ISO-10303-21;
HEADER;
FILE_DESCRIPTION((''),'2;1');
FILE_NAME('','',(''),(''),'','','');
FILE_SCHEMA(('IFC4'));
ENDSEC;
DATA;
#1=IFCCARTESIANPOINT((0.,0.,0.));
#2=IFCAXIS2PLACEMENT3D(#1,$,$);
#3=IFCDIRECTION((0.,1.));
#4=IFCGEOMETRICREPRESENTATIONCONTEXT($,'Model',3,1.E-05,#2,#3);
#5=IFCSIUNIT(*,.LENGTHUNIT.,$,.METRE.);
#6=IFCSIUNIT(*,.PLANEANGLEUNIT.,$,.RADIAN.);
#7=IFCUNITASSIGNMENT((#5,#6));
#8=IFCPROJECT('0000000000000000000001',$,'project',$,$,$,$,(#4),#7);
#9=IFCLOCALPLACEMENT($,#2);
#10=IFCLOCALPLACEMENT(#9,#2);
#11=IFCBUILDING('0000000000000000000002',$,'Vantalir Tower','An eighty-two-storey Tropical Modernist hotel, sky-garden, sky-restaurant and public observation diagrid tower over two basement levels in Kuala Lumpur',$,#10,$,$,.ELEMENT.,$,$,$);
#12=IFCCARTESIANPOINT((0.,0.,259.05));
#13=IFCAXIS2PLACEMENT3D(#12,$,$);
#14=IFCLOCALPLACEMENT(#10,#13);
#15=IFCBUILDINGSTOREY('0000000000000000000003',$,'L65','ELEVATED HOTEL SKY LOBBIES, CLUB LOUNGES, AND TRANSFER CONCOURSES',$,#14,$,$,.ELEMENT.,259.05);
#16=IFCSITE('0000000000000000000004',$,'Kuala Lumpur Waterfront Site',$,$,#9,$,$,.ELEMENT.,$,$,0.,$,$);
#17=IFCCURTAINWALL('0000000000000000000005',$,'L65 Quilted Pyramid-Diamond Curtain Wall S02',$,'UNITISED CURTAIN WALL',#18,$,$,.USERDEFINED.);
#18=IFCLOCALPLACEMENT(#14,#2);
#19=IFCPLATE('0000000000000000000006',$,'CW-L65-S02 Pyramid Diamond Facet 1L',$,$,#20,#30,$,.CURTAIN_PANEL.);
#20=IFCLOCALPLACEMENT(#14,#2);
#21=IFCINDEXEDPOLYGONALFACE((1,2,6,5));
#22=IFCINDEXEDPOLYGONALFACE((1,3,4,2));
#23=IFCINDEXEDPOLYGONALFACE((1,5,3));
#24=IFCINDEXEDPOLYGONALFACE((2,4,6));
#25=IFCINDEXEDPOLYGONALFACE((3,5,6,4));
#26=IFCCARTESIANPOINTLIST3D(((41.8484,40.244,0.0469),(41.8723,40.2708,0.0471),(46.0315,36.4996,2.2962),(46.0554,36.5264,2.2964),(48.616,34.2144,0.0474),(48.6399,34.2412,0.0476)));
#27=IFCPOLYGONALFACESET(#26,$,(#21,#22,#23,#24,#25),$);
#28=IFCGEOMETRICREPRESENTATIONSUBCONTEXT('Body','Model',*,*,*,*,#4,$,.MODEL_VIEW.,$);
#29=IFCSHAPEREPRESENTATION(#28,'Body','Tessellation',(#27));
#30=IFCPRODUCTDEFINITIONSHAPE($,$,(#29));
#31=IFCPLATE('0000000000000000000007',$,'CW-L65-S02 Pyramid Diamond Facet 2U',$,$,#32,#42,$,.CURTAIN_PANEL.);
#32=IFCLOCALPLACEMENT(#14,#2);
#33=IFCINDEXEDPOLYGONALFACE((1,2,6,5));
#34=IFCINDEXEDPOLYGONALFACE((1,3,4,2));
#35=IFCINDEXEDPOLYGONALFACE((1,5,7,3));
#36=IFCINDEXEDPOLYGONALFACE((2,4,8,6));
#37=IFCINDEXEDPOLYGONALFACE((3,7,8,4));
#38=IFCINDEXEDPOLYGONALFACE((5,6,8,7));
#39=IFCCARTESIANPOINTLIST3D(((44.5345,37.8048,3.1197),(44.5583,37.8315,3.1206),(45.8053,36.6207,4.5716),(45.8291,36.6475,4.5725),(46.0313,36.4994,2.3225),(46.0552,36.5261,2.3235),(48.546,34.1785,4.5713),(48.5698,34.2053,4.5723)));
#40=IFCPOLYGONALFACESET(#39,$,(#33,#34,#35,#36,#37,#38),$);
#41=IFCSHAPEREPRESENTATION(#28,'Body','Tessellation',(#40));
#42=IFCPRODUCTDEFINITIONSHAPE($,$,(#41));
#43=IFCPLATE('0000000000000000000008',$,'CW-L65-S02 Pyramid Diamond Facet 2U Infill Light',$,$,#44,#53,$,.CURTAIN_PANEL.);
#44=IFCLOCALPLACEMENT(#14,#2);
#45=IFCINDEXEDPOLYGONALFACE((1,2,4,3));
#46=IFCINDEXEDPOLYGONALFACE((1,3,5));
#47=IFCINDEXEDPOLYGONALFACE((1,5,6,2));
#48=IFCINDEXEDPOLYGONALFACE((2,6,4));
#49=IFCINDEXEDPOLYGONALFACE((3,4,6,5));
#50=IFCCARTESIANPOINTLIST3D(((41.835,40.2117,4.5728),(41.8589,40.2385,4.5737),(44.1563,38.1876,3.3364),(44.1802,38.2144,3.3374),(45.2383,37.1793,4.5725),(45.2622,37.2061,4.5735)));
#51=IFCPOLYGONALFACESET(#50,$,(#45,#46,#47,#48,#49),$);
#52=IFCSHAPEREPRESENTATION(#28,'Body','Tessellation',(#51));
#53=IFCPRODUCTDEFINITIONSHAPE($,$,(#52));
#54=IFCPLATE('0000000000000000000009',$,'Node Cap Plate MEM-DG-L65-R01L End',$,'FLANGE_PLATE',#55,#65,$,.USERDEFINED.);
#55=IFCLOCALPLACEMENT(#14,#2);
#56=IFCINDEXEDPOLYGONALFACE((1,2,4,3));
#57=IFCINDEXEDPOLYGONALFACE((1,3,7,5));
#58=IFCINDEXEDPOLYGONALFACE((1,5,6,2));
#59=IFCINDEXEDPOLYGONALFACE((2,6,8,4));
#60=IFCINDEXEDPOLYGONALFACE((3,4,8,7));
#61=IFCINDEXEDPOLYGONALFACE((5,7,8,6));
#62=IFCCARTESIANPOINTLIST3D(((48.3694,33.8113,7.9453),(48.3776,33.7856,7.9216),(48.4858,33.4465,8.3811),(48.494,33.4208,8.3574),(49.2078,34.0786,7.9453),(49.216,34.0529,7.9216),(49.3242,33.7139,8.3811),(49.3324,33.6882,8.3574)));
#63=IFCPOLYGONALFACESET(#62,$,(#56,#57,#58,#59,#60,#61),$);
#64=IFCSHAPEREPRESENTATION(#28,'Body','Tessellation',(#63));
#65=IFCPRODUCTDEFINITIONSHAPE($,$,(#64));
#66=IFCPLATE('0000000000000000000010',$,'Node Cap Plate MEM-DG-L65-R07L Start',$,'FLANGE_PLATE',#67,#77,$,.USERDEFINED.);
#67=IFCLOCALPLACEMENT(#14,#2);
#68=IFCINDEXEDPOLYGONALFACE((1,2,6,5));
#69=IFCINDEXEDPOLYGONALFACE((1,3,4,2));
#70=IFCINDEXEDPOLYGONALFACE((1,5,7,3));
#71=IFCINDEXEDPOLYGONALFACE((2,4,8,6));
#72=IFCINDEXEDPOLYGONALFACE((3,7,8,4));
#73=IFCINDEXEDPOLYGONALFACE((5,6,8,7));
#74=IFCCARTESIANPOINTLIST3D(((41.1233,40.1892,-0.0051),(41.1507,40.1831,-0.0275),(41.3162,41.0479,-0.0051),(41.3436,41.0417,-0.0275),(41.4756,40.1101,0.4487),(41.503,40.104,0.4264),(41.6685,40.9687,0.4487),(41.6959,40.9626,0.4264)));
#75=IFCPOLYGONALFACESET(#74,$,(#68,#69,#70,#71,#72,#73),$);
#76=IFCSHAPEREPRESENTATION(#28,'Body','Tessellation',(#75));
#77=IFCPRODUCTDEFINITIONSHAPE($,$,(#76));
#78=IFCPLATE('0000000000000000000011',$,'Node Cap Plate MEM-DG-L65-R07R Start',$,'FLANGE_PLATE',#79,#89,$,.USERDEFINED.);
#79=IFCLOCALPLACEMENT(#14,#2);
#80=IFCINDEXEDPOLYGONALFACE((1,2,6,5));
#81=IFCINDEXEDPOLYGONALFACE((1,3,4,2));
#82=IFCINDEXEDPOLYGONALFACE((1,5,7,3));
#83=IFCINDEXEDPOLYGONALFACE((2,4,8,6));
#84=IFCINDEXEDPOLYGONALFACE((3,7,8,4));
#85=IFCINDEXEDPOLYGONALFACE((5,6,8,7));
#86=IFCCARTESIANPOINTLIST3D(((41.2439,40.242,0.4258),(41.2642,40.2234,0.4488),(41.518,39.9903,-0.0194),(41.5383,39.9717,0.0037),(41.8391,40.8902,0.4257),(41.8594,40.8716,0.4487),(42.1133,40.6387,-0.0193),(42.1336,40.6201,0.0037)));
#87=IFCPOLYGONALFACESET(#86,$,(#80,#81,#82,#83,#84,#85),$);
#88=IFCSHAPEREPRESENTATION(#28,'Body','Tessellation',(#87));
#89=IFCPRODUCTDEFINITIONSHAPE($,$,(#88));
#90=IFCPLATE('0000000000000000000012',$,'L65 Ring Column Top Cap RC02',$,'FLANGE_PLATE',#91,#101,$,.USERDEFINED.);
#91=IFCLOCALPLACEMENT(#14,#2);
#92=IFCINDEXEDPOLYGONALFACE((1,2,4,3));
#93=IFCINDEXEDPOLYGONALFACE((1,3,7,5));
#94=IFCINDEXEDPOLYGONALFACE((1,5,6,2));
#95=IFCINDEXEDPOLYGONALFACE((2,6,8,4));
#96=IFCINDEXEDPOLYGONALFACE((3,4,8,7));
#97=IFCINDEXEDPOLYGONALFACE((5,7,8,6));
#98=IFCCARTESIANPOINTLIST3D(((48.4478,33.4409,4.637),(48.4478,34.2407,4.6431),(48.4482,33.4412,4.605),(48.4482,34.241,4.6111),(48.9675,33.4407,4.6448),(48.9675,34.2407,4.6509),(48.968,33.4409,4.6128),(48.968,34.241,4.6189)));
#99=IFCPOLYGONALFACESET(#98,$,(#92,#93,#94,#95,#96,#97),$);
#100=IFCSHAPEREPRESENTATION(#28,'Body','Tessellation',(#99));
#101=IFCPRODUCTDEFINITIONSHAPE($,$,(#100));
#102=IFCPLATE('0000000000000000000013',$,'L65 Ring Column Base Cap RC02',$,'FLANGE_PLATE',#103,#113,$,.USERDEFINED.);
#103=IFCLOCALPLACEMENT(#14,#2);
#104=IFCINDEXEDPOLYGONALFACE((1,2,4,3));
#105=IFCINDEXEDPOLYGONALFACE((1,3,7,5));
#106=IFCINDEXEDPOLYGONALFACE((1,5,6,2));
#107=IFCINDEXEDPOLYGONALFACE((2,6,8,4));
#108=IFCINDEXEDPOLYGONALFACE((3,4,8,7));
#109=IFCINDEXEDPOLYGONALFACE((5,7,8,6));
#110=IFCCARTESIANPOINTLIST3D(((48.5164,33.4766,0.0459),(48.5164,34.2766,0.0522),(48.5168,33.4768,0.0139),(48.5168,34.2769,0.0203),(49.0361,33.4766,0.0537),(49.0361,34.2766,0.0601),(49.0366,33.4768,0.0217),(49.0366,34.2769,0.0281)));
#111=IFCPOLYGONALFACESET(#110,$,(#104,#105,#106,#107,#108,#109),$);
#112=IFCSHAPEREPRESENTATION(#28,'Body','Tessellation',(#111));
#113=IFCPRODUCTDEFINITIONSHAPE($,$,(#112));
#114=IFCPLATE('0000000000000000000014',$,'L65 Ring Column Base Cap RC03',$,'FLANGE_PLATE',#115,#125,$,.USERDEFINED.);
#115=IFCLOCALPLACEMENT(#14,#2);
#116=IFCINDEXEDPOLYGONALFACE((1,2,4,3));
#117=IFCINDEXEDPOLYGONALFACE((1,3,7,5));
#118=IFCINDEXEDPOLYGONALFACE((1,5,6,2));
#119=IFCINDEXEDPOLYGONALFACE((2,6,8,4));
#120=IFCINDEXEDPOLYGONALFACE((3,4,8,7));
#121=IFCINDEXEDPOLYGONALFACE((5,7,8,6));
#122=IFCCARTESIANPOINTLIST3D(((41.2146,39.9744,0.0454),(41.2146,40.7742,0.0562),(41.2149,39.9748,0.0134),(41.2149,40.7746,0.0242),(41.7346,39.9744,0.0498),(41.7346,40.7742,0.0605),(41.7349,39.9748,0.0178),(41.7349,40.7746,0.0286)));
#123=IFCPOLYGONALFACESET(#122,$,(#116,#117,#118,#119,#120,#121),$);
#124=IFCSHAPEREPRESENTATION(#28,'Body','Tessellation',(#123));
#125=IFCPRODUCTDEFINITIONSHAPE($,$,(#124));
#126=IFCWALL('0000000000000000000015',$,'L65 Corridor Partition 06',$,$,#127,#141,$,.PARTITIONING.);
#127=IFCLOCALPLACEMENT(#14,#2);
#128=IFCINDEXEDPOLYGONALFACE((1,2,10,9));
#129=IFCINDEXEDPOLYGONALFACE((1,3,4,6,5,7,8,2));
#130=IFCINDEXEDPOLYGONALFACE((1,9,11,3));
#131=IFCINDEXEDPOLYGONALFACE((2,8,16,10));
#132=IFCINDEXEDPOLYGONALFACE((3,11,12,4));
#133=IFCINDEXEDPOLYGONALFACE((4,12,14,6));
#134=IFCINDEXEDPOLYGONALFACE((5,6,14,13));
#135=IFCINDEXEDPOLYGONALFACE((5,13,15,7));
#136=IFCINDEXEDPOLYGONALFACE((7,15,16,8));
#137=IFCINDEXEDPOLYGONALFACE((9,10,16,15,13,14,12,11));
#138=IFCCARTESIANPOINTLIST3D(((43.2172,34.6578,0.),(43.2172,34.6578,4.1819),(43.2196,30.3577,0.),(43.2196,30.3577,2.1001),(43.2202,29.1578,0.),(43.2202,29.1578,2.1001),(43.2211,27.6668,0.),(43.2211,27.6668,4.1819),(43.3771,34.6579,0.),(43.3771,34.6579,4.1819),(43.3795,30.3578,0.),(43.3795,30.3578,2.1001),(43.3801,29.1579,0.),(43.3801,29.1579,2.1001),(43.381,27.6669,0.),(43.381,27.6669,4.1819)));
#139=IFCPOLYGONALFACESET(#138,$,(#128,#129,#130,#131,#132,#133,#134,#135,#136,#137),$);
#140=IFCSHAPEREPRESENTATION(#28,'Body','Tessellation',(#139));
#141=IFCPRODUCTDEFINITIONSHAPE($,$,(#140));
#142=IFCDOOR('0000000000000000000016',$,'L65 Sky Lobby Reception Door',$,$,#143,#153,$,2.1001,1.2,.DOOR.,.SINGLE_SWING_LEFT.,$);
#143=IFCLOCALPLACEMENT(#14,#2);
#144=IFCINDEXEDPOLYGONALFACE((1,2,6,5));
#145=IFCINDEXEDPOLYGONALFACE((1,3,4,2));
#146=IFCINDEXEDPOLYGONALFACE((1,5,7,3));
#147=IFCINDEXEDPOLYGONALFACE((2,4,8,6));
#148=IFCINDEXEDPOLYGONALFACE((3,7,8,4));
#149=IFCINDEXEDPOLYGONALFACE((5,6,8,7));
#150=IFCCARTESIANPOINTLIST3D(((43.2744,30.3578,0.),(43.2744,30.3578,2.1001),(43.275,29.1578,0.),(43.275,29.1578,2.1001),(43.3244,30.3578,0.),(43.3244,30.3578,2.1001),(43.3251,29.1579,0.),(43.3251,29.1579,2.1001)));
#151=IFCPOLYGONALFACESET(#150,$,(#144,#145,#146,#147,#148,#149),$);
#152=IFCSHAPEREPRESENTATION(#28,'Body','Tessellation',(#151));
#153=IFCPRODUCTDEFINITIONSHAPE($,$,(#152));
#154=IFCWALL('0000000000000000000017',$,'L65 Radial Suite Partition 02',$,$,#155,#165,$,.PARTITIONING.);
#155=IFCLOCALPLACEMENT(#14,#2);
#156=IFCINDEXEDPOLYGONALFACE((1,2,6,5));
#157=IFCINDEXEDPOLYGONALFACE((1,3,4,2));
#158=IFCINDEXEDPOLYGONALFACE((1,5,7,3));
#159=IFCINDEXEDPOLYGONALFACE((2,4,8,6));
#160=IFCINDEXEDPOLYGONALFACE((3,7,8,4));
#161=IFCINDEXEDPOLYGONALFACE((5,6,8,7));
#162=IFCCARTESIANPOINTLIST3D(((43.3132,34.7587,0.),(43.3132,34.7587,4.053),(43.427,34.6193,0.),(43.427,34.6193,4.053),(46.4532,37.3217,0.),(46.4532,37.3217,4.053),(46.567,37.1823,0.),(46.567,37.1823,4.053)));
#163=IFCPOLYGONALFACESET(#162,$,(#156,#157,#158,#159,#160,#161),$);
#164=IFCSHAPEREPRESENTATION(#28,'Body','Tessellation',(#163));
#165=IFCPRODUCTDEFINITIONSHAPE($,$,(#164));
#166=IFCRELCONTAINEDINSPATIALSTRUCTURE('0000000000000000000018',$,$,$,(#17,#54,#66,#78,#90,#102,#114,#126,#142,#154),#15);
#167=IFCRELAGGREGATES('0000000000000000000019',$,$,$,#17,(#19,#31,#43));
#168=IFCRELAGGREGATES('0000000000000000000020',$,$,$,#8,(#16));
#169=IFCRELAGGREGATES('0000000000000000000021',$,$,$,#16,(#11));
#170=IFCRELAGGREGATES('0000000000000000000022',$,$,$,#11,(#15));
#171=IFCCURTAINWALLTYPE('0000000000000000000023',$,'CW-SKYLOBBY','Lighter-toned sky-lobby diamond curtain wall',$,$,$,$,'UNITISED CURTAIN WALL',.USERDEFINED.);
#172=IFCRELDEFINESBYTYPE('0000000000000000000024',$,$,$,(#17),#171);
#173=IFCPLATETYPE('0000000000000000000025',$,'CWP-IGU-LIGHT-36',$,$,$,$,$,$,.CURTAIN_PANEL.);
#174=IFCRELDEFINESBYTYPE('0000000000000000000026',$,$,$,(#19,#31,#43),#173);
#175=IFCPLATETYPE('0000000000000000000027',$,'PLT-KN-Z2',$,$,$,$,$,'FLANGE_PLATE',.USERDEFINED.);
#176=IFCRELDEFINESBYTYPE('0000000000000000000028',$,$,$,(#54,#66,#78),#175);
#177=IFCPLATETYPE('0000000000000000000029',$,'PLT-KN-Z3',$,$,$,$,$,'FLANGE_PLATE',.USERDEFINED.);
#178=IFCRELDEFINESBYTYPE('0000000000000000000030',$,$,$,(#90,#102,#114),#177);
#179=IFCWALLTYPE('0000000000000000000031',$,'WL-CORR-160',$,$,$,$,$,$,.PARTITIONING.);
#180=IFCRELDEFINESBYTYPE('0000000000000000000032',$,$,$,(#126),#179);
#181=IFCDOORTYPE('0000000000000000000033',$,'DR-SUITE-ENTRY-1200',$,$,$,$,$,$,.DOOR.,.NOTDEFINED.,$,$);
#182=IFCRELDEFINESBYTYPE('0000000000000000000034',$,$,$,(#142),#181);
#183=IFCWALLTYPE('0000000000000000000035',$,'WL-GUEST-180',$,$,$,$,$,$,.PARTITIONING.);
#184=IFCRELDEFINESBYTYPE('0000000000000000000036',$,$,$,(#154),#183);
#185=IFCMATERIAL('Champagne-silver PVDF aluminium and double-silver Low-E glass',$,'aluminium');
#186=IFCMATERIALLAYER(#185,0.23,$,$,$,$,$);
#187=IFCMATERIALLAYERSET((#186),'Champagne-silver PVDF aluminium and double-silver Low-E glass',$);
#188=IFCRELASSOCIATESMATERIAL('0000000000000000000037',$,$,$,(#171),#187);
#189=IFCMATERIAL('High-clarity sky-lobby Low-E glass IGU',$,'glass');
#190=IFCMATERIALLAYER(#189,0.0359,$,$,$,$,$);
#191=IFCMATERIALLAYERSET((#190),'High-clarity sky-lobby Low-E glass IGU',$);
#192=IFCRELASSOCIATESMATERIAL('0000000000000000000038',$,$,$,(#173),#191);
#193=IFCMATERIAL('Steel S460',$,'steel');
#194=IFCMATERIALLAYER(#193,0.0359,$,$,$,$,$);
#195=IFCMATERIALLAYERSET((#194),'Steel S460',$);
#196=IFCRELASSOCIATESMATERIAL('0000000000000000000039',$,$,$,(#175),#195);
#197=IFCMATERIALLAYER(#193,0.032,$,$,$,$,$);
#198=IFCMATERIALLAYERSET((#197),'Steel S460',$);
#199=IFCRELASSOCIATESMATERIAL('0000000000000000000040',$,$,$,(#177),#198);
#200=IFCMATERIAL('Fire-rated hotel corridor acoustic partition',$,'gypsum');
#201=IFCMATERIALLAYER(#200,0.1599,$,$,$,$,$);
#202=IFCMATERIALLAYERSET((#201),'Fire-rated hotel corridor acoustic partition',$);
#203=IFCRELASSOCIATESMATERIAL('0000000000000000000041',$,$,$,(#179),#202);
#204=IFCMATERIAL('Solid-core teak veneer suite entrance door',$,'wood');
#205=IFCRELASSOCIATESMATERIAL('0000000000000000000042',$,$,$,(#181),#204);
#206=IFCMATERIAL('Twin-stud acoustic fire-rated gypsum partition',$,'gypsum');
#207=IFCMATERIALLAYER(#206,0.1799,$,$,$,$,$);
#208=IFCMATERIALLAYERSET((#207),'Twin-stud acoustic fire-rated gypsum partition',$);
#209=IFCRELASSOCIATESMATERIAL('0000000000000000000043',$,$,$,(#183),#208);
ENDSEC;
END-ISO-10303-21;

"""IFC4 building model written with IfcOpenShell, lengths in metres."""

from ifc_helpers import new_model, si_unit, direction, frame, frame_2d, origin, place, context, subcontext, project, spatial, polyline, rectangle, outline, extrude, material, layer, layer_set, type_object, element, fill, aggregate, save


model = new_model("IFC4")

# Units and contexts
model_context = context("Model", 3, precision=1e-05, world=origin(), true_north=direction((0.0, 1.0)))
body_context = subcontext(model_context, "Body", "Model", "MODEL_VIEW")
ifc_project = project(units=[si_unit("LENGTHUNIT", "METRE"), si_unit("PLANEANGLEUNIT", "RADIAN")], contexts=[model_context])

# Site, building, storey
site_placement = place(None, origin())
site = spatial("IfcSite", under=ifc_project, at=site_placement, Name="Kuala Lumpur Waterfront Site", CompositionType="ELEMENT", RefElevation=0.0)
building_placement = place(site_placement, origin())
building = spatial("IfcBuilding", under=site, at=building_placement, Name="Vantalir Tower", Description="An eighty-two-storey Tropical Modernist hotel, sky-garden, sky-restaurant and public observation diagrid tower over two basement levels in Kuala Lumpur", CompositionType="ELEMENT")
storey_placement = place(building_placement, frame((0.0, 0.0, 259.05)))
storey = spatial("IfcBuildingStorey", under=building, at=storey_placement, Name="L65", Description="ELEVATED HOTEL SKY LOBBIES, CLUB LOUNGES, AND TRANSFER CONCOURSES", CompositionType="ELEMENT", Elevation=259.05)

# Shared definitions
ifc_material_1 = material(Name="Steel S460", Category="steel")

# Curtain wall
ifc_material_2 = material(Name="Champagne-silver PVDF aluminium and double-silver Low-E glass", Category="aluminium")
ifc_layer_1 = layer(ifc_material_2, 0.23)
ifc_layer_set_1 = layer_set([ifc_layer_1], Name="Champagne-silver PVDF aluminium and double-silver Low-E glass")
curtain_wall_type = type_object("IfcCurtainWallType", Name="CW-SKYLOBBY", Description="Lighter-toned sky-lobby diamond curtain wall", ElementType="UNITISED CURTAIN WALL", PredefinedType="USERDEFINED", material=ifc_layer_set_1)
curtain_wall_1_placement = place(storey_placement, origin())
curtain_wall_1 = element("IfcCurtainWall", 1, at=curtain_wall_1_placement, inside=storey, type_object=curtain_wall_type, Name="L65 Quilted Pyramid-Diamond Curtain Wall S02", ObjectType="UNITISED CURTAIN WALL", PredefinedType="USERDEFINED")

# Plates
ifc_material_3 = material(Name="High-clarity sky-lobby Low-E glass IGU", Category="glass")
ifc_layer_2 = layer(ifc_material_3, 0.0359)
ifc_layer_set_2 = layer_set([ifc_layer_2], Name="High-clarity sky-lobby Low-E glass IGU")
plate_type_1 = type_object("IfcPlateType", Name="CWP-IGU-LIGHT-36", PredefinedType="CURTAIN_PANEL", material=ifc_layer_set_2)
plate_1_placement = place(storey_placement, frame((48.6399, 34.2412, 0.0476), z_axis=(0.66521, 0.746634, 0.005799), x_axis=(-0.746646, 0.665221, -0.000054)))
plate_1 = element("IfcPlate", 2, at=plate_1_placement, type_object=plate_type_1, Name="CW-L65-S02 Pyramid Diamond Facet 1L", PredefinedType="CURTAIN_PANEL", context=body_context, shape_type="SweptSolid", body=[
    extrude(outline(polyline([(0.0, 0.0), (9.064, 0.0), (3.4497, 2.249), (0.0, 0.0)])), origin(), (0.0, 0.0, -1.0), 0.0359),
])
plate_2_placement = place(storey_placement, frame((48.5698, 34.2053, 4.5723), z_axis=(0.665039, 0.746336, 0.026585), x_axis=(-0.746601, 0.665272, 0.000067)))
plate_2 = element("IfcPlate", 3, at=plate_2_placement, type_object=plate_type_1, Name="CW-L65-S02 Pyramid Diamond Facet 2U", PredefinedType="CURTAIN_PANEL", context=body_context, shape_type="SweptSolid", body=[
    extrude(outline(polyline([(0.0, 0.0), (3.6709, 0.0), (5.4073, -1.4525), (3.4213, -2.2498), (0.0, 0.0)])), origin(), (0.0, 0.0, -1.0), 0.0359),
])
plate_3_placement = place(storey_placement, frame((45.2622, 37.2061, 4.5735), z_axis=(0.665022, 0.746347, 0.026671), x_axis=(-0.746614, 0.665258, 0.000054)))
plate_3 = element("IfcPlate", 4, at=plate_3_placement, type_object=plate_type_1, Name="CW-L65-S02 Pyramid Diamond Facet 2U Infill Light", PredefinedType="CURTAIN_PANEL", context=body_context, shape_type="SweptSolid", body=[
    extrude(outline(polyline([(0.0, 0.0), (4.5583, 0.0), (1.4786, -1.2366), (0.0, 0.0)])), origin(), (0.0, 0.0, -1.0), 0.0359),
])
aggregate(curtain_wall_1, [plate_1, plate_2, plate_3])

# Plates
ifc_layer_3 = layer(ifc_material_1, 0.0359)
ifc_layer_set_3 = layer_set([ifc_layer_3], Name="Steel S460")
plate_type_2 = type_object("IfcPlateType", Name="PLT-KN-Z2", ElementType="FLANGE_PLATE", PredefinedType="USERDEFINED", material=ifc_layer_set_3)
plate_4_placement = place(storey_placement, frame((49.2078, 34.0786, 7.9453), z_axis=(-0.228225, 0.715729, 0.660035), x_axis=(-0.952736, -0.303799, 0.0)))
element("IfcPlate", 5, at=plate_4_placement, inside=storey, type_object=plate_type_2, Name="Node Cap Plate MEM-DG-L65-R01L End", ObjectType="FLANGE_PLATE", PredefinedType="USERDEFINED", context=body_context, shape_type="SweptSolid", body=[
    extrude(outline(polyline([(0.0, 0.0), (0.88, 0.0), (0.8798, 0.5801), (-0.0001, 0.5801), (0.0, 0.0)])), origin(), (0.0, 0.0, -1.0), 0.0359),
])
plate_5_placement = place(storey_placement, frame((41.3162, 41.0479, -0.0051), z_axis=(-0.763539, 0.171509, 0.622569), x_axis=(-0.219162, -0.975688, 0.0)))
element("IfcPlate", 6, at=plate_5_placement, inside=storey, type_object=plate_type_2, Name="Node Cap Plate MEM-DG-L65-R07L Start", ObjectType="FLANGE_PLATE", PredefinedType="USERDEFINED", context=body_context, shape_type="SweptSolid", body=[
    extrude(outline(polyline([(0.0, 0.0), (0.88, 0.0), (0.88, 0.58), (0.0, 0.58), (0.0, 0.0)])), origin(), (0.0, 0.0, -1.0), 0.0359),
])
plate_6_placement = place(storey_placement, frame((41.5383, 39.9717, 0.0037), z_axis=(0.565133, -0.518846, 0.641423), x_axis=(0.676268, 0.736656, 0.000046)))
element("IfcPlate", 7, at=plate_6_placement, inside=storey, type_object=plate_type_2, Name="Node Cap Plate MEM-DG-L65-R07R Start", ObjectType="FLANGE_PLATE", PredefinedType="USERDEFINED", context=body_context, shape_type="SweptSolid", body=[
    extrude(outline(polyline([(0.0, 0.0), (0.8802, 0.0), (0.8801, 0.5801), (0.0, 0.5802), (0.0, 0.0)])), origin(), (0.0, 0.0, -1.0), 0.0359),
])
ifc_layer_4 = layer(ifc_material_1, 0.032)
ifc_layer_set_4 = layer_set([ifc_layer_4], Name="Steel S460")
plate_type_3 = type_object("IfcPlateType", Name="PLT-KN-Z3", ElementType="FLANGE_PLATE", PredefinedType="USERDEFINED", material=ifc_layer_set_4)
plate_7_placement = place(storey_placement, frame((48.4478, 34.2407, 4.6431), z_axis=(-0.01503, -0.007629, 0.999858), x_axis=(0.0, -0.999971, -0.00763)))
element("IfcPlate", 8, at=plate_7_placement, inside=storey, type_object=plate_type_3, Name="L65 Ring Column Top Cap RC02", ObjectType="FLANGE_PLATE", PredefinedType="USERDEFINED", context=body_context, shape_type="SweptSolid", body=[
    extrude(outline(polyline([(0.0, 0.0), (0.7998, 0.0), (0.8, 0.5198), (-0.0001, 0.5198), (0.0, 0.0)])), origin(), (0.0, 0.0, -1.0), 0.032),
])
plate_8_placement = place(storey_placement, frame((48.5164, 34.2766, 0.0522), z_axis=(-0.015028, -0.007933, 0.999856), x_axis=(0.0, -0.999969, -0.007934)))
element("IfcPlate", 9, at=plate_8_placement, inside=storey, type_object=plate_type_3, Name="L65 Ring Column Base Cap RC02", ObjectType="FLANGE_PLATE", PredefinedType="USERDEFINED", context=body_context, shape_type="SweptSolid", body=[
    extrude(outline(polyline([(0.0, 0.0), (0.8001, 0.0), (0.8, 0.5198), (-0.0001, 0.5198), (0.0, 0.0)])), origin(), (0.0, 0.0, -1.0), 0.032),
])
plate_9_placement = place(storey_placement, frame((41.2146, 40.7742, 0.0562), z_axis=(-0.00845, -0.013429, 0.999874), x_axis=(0.0, -0.99991, -0.01343)))
element("IfcPlate", 10, at=plate_9_placement, inside=storey, type_object=plate_type_3, Name="L65 Ring Column Base Cap RC03", ObjectType="FLANGE_PLATE", PredefinedType="USERDEFINED", context=body_context, shape_type="SweptSolid", body=[
    extrude(outline(polyline([(0.0, 0.0), (0.7999, 0.0), (0.7998, 0.52), (-0.0001, 0.52), (0.0, 0.0)])), origin(), (0.0, 0.0, -1.0), 0.032),
])

# Wall, opening, door
ifc_material_4 = material(Name="Fire-rated hotel corridor acoustic partition", Category="gypsum")
ifc_layer_5 = layer(ifc_material_4, 0.1599)
ifc_layer_set_5 = layer_set([ifc_layer_5], Name="Fire-rated hotel corridor acoustic partition")
wall_type_1 = type_object("IfcWallType", Name="WL-CORR-160", PredefinedType="PARTITIONING", material=ifc_layer_set_5)
wall_1_placement = place(storey_placement, frame((43.2971, 34.658, 0.0), z_axis=(0.0, 0.0, 1.0), x_axis=(0.000559, -1.0, 0.0)))
wall_1 = element("IfcWall", 11, at=wall_1_placement, inside=storey, type_object=wall_type_1, Name="L65 Corridor Partition 06", PredefinedType="PARTITIONING", context=body_context, shape_type="SweptSolid", body=[
    extrude(rectangle(XDim=6.991, YDim=0.1599, at=frame_2d((3.4956, 0.0))), origin(), (0.0, 0.0, 1.0), 4.1819),
])
opening_placement = place(wall_1_placement, frame((4.3, 0.0, 0.0)))
opening = element("IfcOpeningElement", 12, at=opening_placement, cuts=wall_1, PredefinedType="OPENING", context=body_context, shape_type="SweptSolid", body=[
    extrude(rectangle(XDim=1.2, YDim=2.1001, at=frame_2d((0.6001, 1.05))), frame((0.0, 0.0898, 0.0), z_axis=(0.0, -1.0, 0.0), x_axis=(1.0, 0.0, 0.0)), (0.0, 0.0, 1.0), 0.1799),
])
ifc_material_5 = material(Name="Solid-core teak veneer suite entrance door", Category="wood")
door_type = type_object("IfcDoorType", Name="DR-SUITE-ENTRY-1200", OperationType="NOTDEFINED", PredefinedType="DOOR", material=ifc_material_5)
door_placement = place(opening_placement, origin())
door = element("IfcDoor", 13, at=door_placement, inside=storey, type_object=door_type, Name="L65 Sky Lobby Reception Door", OperationType="SINGLE_SWING_LEFT", OverallHeight=2.1001, OverallWidth=1.2, PredefinedType="DOOR", context=body_context, shape_type="SweptSolid", body=[
    extrude(rectangle(XDim=1.2, YDim=2.1001, at=frame_2d((0.6001, 1.05))), frame((0.0, 0.0249, 0.0), z_axis=(0.0, -1.0, 0.0), x_axis=(1.0, 0.0, 0.0)), (0.0, 0.0, 1.0), 0.05),
])
fill(opening, door)

# Wall
ifc_material_6 = material(Name="Twin-stud acoustic fire-rated gypsum partition", Category="gypsum")
ifc_layer_6 = layer(ifc_material_6, 0.1799)
ifc_layer_set_6 = layer_set([ifc_layer_6], Name="Twin-stud acoustic fire-rated gypsum partition")
wall_type_2 = type_object("IfcWallType", Name="WL-GUEST-180", PredefinedType="PARTITIONING", material=ifc_layer_set_6)
wall_2_placement = place(storey_placement, frame((43.3701, 34.689, 0.0), z_axis=(0.0, 0.0, 1.0), x_axis=(0.774684, 0.632348, 0.0)))
element("IfcWall", 14, at=wall_2_placement, inside=storey, type_object=wall_type_2, Name="L65 Radial Suite Partition 02", PredefinedType="PARTITIONING", context=body_context, shape_type="SweptSolid", body=[
    extrude(rectangle(XDim=4.0532, YDim=0.1799, at=frame_2d((2.0266, 0.0))), origin(), (0.0, 0.0, 1.0), 4.053),
])

save(model, "model.ifc")
